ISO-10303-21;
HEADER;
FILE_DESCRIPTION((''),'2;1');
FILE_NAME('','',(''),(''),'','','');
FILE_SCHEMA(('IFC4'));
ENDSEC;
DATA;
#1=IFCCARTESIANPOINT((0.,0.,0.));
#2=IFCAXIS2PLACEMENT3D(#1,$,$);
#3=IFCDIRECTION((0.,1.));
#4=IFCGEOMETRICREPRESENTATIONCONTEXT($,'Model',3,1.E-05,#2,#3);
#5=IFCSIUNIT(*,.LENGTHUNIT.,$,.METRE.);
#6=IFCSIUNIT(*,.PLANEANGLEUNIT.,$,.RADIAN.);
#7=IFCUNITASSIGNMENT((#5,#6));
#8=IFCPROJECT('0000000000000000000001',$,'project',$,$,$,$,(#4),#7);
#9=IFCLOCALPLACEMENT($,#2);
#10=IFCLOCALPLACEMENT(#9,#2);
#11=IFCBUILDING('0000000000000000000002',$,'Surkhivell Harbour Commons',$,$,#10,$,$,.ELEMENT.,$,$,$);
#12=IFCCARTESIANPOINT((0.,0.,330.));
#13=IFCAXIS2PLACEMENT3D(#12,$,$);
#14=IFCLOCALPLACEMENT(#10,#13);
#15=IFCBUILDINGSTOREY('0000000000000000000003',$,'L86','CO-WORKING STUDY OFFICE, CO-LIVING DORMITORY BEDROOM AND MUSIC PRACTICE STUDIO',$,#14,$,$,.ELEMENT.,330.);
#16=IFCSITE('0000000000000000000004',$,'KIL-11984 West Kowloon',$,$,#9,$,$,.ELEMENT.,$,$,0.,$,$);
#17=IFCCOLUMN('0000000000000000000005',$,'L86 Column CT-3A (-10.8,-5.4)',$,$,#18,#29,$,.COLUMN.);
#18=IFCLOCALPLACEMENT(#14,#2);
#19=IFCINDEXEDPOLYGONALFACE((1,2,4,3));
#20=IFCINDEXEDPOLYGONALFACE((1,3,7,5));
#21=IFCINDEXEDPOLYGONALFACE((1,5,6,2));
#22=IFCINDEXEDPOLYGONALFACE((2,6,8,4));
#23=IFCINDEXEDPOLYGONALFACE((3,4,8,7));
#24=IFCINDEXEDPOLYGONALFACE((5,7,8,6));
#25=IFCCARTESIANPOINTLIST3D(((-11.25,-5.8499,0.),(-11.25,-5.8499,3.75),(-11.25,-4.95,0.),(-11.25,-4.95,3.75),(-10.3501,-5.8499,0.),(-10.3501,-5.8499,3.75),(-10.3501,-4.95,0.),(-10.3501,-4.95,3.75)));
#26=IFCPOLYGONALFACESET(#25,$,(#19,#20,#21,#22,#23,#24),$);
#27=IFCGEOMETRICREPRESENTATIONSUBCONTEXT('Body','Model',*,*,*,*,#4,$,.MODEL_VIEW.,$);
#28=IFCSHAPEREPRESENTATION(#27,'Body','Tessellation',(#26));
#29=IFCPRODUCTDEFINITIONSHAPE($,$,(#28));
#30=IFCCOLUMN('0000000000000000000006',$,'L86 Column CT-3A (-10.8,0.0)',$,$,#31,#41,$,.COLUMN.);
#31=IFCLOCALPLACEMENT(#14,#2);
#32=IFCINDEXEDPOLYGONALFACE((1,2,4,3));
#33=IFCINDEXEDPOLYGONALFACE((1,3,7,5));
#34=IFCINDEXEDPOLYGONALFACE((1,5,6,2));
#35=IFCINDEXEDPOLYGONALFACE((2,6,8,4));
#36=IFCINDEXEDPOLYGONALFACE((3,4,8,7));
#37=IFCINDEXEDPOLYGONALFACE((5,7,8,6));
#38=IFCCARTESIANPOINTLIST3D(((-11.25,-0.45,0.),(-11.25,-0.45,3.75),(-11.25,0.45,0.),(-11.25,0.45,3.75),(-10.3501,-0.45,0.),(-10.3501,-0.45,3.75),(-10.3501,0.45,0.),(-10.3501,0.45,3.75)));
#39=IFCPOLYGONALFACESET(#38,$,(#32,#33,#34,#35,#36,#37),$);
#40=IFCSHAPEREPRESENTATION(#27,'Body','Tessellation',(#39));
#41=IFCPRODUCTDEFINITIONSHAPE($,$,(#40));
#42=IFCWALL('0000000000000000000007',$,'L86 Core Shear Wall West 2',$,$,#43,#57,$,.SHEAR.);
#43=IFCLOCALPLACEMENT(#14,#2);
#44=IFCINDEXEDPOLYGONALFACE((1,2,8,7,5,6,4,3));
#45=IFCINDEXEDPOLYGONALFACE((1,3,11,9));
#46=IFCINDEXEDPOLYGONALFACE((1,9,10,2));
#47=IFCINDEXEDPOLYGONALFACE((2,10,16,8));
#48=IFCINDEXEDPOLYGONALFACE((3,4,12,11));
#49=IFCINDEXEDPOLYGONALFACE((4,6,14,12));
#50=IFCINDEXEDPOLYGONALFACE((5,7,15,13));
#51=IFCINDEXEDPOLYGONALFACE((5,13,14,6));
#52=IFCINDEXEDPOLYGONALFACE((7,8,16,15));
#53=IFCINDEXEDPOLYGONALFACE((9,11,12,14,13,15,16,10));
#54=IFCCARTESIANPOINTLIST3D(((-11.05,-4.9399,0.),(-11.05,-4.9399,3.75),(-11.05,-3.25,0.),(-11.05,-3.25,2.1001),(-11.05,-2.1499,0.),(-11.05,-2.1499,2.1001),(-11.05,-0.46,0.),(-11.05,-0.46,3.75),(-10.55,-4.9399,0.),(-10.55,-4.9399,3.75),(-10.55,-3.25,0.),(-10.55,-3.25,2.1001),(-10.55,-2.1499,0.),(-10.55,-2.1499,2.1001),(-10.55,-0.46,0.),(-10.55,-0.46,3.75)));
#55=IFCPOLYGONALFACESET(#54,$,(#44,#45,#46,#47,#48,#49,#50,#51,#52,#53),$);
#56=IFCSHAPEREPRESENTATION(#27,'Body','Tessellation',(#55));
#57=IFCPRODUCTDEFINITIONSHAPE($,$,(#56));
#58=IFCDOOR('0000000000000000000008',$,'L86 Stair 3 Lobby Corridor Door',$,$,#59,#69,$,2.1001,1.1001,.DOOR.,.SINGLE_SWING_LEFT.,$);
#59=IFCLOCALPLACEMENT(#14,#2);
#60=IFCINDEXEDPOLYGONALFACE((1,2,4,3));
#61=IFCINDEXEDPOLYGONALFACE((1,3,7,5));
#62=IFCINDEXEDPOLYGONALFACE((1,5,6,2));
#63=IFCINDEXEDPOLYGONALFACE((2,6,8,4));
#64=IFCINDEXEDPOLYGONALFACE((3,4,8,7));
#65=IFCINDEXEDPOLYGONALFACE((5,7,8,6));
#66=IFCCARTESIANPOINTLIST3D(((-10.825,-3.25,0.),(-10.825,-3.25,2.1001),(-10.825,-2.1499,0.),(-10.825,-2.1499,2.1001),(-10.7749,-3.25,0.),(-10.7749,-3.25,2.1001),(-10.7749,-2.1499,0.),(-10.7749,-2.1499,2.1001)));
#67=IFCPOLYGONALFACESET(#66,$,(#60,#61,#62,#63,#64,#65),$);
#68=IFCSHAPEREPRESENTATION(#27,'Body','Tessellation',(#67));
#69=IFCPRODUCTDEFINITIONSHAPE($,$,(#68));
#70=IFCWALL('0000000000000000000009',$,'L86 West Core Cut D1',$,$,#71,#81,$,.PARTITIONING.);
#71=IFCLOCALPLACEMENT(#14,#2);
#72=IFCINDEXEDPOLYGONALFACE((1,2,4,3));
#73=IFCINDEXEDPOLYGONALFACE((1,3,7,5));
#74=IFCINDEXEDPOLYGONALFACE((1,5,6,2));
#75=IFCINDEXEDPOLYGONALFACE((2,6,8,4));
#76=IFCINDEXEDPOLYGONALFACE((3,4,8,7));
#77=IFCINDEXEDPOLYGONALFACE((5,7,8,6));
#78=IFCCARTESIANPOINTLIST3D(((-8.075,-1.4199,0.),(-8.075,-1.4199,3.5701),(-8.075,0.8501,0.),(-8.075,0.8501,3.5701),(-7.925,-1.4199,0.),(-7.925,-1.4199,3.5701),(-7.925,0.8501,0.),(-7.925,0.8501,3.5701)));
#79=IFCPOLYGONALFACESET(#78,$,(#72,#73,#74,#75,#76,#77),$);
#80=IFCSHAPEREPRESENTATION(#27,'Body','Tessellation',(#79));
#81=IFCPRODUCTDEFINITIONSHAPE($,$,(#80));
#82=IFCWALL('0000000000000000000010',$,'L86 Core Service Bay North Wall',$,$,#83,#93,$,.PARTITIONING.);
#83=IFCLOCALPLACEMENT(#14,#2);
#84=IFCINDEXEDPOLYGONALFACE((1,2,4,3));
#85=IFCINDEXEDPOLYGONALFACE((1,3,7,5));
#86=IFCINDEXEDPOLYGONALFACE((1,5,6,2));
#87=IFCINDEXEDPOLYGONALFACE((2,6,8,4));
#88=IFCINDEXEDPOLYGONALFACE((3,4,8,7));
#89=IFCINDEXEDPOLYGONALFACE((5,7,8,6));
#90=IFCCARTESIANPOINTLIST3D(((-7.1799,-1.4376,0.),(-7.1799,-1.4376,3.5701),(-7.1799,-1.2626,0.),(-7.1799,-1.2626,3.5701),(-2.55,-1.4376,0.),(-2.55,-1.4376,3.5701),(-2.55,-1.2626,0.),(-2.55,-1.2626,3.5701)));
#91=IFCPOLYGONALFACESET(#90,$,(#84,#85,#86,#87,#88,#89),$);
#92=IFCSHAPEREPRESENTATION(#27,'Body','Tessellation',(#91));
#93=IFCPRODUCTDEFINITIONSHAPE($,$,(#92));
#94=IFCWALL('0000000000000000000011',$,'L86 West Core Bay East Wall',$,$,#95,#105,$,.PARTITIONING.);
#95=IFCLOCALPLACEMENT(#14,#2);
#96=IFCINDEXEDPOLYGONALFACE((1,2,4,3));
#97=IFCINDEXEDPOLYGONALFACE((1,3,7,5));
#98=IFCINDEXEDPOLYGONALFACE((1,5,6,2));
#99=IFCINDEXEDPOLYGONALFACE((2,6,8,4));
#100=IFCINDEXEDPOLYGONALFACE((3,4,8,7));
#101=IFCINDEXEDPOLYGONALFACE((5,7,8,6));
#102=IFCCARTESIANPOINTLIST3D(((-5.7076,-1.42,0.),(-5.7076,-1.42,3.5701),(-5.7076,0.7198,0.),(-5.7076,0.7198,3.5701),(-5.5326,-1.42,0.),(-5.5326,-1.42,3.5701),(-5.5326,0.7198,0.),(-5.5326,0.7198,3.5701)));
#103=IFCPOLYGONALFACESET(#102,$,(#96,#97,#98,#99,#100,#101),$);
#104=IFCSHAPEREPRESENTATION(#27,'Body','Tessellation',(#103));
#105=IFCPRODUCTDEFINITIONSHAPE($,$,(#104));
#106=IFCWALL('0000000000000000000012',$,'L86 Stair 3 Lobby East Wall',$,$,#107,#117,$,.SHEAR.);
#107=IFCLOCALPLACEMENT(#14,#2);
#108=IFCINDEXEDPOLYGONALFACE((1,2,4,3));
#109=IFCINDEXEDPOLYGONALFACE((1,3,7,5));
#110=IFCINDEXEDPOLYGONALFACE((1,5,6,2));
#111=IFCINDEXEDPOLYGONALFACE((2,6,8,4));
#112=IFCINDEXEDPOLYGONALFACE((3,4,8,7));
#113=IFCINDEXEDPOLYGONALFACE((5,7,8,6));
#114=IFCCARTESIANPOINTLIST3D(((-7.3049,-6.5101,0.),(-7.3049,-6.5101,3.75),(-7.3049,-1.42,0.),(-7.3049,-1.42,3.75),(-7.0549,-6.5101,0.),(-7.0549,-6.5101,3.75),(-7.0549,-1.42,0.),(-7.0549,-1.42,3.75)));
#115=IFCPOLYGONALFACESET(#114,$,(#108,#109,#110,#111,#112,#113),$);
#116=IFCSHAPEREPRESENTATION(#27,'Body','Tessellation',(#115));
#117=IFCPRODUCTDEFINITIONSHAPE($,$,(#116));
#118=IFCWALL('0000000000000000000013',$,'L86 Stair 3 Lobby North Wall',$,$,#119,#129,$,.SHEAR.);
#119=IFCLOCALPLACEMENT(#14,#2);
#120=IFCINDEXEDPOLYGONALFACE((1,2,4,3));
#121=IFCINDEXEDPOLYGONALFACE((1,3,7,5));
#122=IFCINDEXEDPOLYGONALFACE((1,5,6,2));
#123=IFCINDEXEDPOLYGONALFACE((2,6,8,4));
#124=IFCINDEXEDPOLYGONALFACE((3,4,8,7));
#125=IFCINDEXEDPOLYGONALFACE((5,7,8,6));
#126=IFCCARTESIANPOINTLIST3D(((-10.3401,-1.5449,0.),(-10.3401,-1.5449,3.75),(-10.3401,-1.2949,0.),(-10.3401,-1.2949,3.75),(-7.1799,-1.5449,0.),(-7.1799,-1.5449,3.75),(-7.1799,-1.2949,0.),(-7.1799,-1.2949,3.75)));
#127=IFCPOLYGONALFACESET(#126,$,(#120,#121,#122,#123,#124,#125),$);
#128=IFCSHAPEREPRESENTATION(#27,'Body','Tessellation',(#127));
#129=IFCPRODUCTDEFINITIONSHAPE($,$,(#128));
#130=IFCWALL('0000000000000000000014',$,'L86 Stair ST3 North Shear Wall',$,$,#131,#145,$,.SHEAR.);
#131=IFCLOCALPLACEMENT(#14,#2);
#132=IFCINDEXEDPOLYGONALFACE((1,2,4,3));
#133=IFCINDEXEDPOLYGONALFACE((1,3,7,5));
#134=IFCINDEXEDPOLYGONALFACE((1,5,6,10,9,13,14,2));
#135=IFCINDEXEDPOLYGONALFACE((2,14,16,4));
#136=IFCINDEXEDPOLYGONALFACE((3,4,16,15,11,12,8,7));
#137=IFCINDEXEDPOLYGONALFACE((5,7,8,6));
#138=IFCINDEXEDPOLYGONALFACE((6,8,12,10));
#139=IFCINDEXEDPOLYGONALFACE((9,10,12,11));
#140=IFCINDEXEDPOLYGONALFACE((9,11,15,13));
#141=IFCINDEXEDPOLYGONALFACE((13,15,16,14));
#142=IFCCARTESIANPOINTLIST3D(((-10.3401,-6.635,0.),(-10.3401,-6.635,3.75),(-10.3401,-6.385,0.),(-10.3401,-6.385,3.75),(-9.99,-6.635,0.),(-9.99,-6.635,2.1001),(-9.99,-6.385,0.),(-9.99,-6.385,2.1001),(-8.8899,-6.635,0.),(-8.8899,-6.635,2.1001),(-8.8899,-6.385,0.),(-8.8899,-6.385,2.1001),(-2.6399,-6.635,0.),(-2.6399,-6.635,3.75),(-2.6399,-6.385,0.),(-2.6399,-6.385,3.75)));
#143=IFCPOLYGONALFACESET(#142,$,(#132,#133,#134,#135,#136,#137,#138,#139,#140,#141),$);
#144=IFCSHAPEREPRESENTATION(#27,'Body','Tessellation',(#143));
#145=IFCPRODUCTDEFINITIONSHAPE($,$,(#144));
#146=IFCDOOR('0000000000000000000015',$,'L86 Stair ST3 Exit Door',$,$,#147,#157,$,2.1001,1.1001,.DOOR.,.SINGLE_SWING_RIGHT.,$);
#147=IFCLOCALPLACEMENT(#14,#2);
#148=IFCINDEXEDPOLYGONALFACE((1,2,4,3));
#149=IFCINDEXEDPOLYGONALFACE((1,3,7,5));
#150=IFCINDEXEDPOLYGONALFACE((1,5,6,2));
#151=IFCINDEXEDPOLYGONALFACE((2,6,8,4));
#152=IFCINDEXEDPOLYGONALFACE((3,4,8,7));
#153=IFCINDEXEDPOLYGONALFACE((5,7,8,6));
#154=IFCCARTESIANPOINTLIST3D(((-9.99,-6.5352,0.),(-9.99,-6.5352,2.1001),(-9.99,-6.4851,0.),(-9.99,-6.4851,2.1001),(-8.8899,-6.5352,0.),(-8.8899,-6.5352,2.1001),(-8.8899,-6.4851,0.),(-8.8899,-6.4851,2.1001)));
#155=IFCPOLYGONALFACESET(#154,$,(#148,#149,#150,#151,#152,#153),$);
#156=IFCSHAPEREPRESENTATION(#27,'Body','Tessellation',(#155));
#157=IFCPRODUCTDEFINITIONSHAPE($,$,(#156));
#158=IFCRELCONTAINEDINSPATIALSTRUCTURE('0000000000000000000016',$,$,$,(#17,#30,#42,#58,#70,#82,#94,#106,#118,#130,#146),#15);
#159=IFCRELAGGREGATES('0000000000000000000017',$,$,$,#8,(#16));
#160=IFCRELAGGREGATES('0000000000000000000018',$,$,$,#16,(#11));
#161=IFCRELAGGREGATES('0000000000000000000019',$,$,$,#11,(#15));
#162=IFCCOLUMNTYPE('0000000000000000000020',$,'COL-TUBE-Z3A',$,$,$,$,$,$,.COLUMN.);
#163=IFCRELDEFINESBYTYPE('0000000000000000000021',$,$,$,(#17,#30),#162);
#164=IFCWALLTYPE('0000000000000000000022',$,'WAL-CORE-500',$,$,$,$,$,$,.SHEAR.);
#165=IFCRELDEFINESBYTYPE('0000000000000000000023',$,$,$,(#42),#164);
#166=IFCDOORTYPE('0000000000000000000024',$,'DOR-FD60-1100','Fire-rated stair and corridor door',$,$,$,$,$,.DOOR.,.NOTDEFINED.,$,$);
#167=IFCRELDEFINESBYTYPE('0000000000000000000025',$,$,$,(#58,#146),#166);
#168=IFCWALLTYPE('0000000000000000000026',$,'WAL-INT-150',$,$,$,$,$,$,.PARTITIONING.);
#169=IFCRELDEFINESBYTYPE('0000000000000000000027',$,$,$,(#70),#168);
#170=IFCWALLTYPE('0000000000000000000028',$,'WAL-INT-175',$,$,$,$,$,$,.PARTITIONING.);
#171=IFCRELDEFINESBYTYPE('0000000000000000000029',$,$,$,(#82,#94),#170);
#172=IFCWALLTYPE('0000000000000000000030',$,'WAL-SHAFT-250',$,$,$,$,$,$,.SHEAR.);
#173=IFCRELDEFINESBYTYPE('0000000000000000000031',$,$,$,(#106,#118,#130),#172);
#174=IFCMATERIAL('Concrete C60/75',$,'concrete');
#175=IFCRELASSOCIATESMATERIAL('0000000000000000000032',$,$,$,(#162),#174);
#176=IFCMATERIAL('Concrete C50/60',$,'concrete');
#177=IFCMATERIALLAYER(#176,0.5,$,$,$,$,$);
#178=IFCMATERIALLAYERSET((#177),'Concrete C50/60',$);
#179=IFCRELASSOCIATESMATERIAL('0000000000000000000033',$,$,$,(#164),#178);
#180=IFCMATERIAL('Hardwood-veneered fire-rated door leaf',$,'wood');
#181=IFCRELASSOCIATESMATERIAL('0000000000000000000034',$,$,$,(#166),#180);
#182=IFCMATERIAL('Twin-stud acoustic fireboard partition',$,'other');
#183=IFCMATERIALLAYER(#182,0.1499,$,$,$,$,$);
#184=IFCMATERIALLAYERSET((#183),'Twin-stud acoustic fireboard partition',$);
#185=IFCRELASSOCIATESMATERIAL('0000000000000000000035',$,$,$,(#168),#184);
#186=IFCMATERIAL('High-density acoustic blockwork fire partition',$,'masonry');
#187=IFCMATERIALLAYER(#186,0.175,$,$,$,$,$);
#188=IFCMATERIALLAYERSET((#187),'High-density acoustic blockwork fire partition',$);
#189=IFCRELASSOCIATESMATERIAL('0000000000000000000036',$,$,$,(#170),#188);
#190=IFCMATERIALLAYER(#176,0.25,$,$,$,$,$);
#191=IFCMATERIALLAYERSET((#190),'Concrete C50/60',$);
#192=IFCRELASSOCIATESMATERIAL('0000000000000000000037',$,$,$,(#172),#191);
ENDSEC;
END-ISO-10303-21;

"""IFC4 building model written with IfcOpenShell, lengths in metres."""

from ifc_helpers import new_model, si_unit, direction, frame, frame_2d, origin, origin_2d, place, context, subcontext, project, spatial, rectangle, extrude, material, layer, layer_set, material_profile, profile_set, type_object, element, fill, save


model = new_model("IFC4")

# Units and contexts
model_context = context("Model", 3, precision=1e-05, world=origin(), true_north=direction((0.0, 1.0)))
body_context = subcontext(model_context, "Body", "Model", "MODEL_VIEW")
ifc_project = project(units=[si_unit("LENGTHUNIT", "METRE"), si_unit("PLANEANGLEUNIT", "RADIAN")], contexts=[model_context])

# Site, building, storey
site_placement = place(None, origin())
site = spatial("IfcSite", under=ifc_project, at=site_placement, Name="KIL-11984 West Kowloon", CompositionType="ELEMENT", RefElevation=0.0)
building_placement = place(site_placement, origin())
building = spatial("IfcBuilding", under=site, at=building_placement, Name="Surkhivell Harbour Commons", CompositionType="ELEMENT")
storey_placement = place(building_placement, frame((0.0, 0.0, 330.0)))
storey = spatial("IfcBuildingStorey", under=building, at=storey_placement, Name="L86", Description="CO-WORKING STUDY OFFICE, CO-LIVING DORMITORY BEDROOM AND MUSIC PRACTICE STUDIO", CompositionType="ELEMENT", Elevation=330.0)

# Columns
ifc_material_1 = material(Name="Concrete C60/75", Category="concrete")
ifc_material_profile = material_profile(ifc_material_1, rectangle(XDim=0.8999, YDim=0.8999, at=origin_2d()), Name="RC-COL-900x900")
ifc_profile_set = profile_set([ifc_material_profile], Name="Concrete C60/75")
column_type = type_object("IfcColumnType", Name="COL-TUBE-Z3A", PredefinedType="COLUMN", material=ifc_profile_set)
for number, where, z_axis, x_axis, name in (
    (1, (-10.8, -5.3999, 0.0), (0.0, 0.0, 1.0), (1.0, 0.0, 0.0), "L86 Column CT-3A (-10.8,-5.4)"),
    (2, (-10.8, 0.0, 0.0), (0.0, 0.0, 1.0), (1.0, 0.0, 0.0), "L86 Column CT-3A (-10.8,0.0)"),
):
    element("IfcColumn", number, at=place(storey_placement, frame(where, z_axis=z_axis, x_axis=x_axis)), inside=storey, type_object=column_type, Name=name, PredefinedType="COLUMN", context=body_context, shape_type="SweptSolid", body=[
        extrude(rectangle(XDim=0.8999, YDim=0.8999, at=origin_2d()), origin(), (0.0, 0.0, 1.0), 3.75),
    ])

# Wall, opening, door
ifc_material_2 = material(Name="Concrete C50/60", Category="concrete")
ifc_layer_1 = layer(ifc_material_2, 0.5)
ifc_layer_set_1 = layer_set([ifc_layer_1], Name="Concrete C50/60")
wall_type_1 = type_object("IfcWallType", Name="WAL-CORE-500", PredefinedType="SHEAR", material=ifc_layer_set_1)
wall_1_placement = place(storey_placement, frame((-10.8, -4.9399, 0.0), z_axis=(0.0, 0.0, 1.0), x_axis=(0.0, 1.0, 0.0)))
wall_1 = element("IfcWall", 3, at=wall_1_placement, inside=storey, type_object=wall_type_1, Name="L86 Core Shear Wall West 2", PredefinedType="SHEAR", context=body_context, shape_type="SweptSolid", body=[
    extrude(rectangle(XDim=4.48, YDim=0.5, at=frame_2d((2.24, 0.0))), origin(), (0.0, 0.0, 1.0), 3.75),
])
opening_1_placement = place(wall_1_placement, frame((1.6899, 0.0, 0.0)))
opening_1 = element("IfcOpeningElement", 4, at=opening_1_placement, cuts=wall_1, PredefinedType="OPENING", context=body_context, shape_type="SweptSolid", body=[
    extrude(rectangle(XDim=1.1001, YDim=2.1001, at=frame_2d((0.55, 1.05))), frame((0.0, 0.26, 0.0), z_axis=(0.0, -1.0, 0.0), x_axis=(1.0, 0.0, 0.0)), (0.0, 0.0, 1.0), 0.52),
])
ifc_material_3 = material(Name="Hardwood-veneered fire-rated door leaf", Category="wood")
door_type = type_object("IfcDoorType", Name="DOR-FD60-1100", Description="Fire-rated stair and corridor door", OperationType="NOTDEFINED", PredefinedType="DOOR", material=ifc_material_3)
door_1_placement = place(opening_1_placement, origin())
door_1 = element("IfcDoor", 5, at=door_1_placement, inside=storey, type_object=door_type, Name="L86 Stair 3 Lobby Corridor Door", OperationType="SINGLE_SWING_LEFT", OverallHeight=2.1001, OverallWidth=1.1001, PredefinedType="DOOR", context=body_context, shape_type="SweptSolid", body=[
    extrude(rectangle(XDim=1.1001, YDim=2.1001, at=frame_2d((0.55, 1.05))), frame((0.0, 0.0249, 0.0), z_axis=(0.0, -1.0, 0.0), x_axis=(1.0, 0.0, 0.0)), (0.0, 0.0, 1.0), 0.05),
])
fill(opening_1, door_1)

# Walls
ifc_material_4 = material(Name="Twin-stud acoustic fireboard partition", Category="other")
ifc_layer_2 = layer(ifc_material_4, 0.1499)
ifc_layer_set_2 = layer_set([ifc_layer_2], Name="Twin-stud acoustic fireboard partition")
wall_type_2 = type_object("IfcWallType", Name="WAL-INT-150", PredefinedType="PARTITIONING", material=ifc_layer_set_2)
wall_2_placement = place(storey_placement, frame((-8.0, -1.4199, 0.0), z_axis=(0.0, 0.0, 1.0), x_axis=(0.0, 1.0, 0.0)))
element("IfcWall", 6, at=wall_2_placement, inside=storey, type_object=wall_type_2, Name="L86 West Core Cut D1", PredefinedType="PARTITIONING", context=body_context, shape_type="SweptSolid", body=[
    extrude(rectangle(XDim=2.27, YDim=0.1499, at=frame_2d((1.135, 0.0))), origin(), (0.0, 0.0, 1.0), 3.5701),
])
ifc_material_5 = material(Name="High-density acoustic blockwork fire partition", Category="masonry")
ifc_layer_3 = layer(ifc_material_5, 0.175)
ifc_layer_set_3 = layer_set([ifc_layer_3], Name="High-density acoustic blockwork fire partition")
wall_type_3 = type_object("IfcWallType", Name="WAL-INT-175", PredefinedType="PARTITIONING", material=ifc_layer_set_3)
wall_3_placement = place(storey_placement, frame((-7.1799, -1.3501, 0.0), z_axis=(0.0, 0.0, 1.0), x_axis=(1.0, 0.0, 0.0)))
element("IfcWall", 7, at=wall_3_placement, inside=storey, type_object=wall_type_3, Name="L86 Core Service Bay North Wall", PredefinedType="PARTITIONING", context=body_context, shape_type="SweptSolid", body=[
    extrude(rectangle(XDim=4.6299, YDim=0.175, at=frame_2d((2.3149, 0.0))), origin(), (0.0, 0.0, 1.0), 3.5701),
])
wall_4_placement = place(storey_placement, frame((-5.6201, -1.4199, 0.0), z_axis=(0.0, 0.0, 1.0), x_axis=(0.0, 1.0, 0.0)))
element("IfcWall", 8, at=wall_4_placement, inside=storey, type_object=wall_type_3, Name="L86 West Core Bay East Wall", PredefinedType="PARTITIONING", context=body_context, shape_type="SweptSolid", body=[
    extrude(rectangle(XDim=2.1399, YDim=0.175, at=frame_2d((1.0698, 0.0))), origin(), (0.0, 0.0, 1.0), 3.5701),
])
ifc_layer_4 = layer(ifc_material_2, 0.25)
ifc_layer_set_4 = layer_set([ifc_layer_4], Name="Concrete C50/60")
wall_type_4 = type_object("IfcWallType", Name="WAL-SHAFT-250", PredefinedType="SHEAR", material=ifc_layer_set_4)
wall_5_placement = place(storey_placement, frame((-7.1799, -6.51, 0.0), z_axis=(0.0, 0.0, 1.0), x_axis=(0.0, 1.0, 0.0)))
element("IfcWall", 9, at=wall_5_placement, inside=storey, type_object=wall_type_4, Name="L86 Stair 3 Lobby East Wall", PredefinedType="SHEAR", context=body_context, shape_type="SweptSolid", body=[
    extrude(rectangle(XDim=5.0901, YDim=0.25, at=frame_2d((2.5449, 0.0))), origin(), (0.0, 0.0, 1.0), 3.75),
])
wall_6_placement = place(storey_placement, frame((-10.3401, -1.4199, 0.0), z_axis=(0.0, 0.0, 1.0), x_axis=(1.0, 0.0, 0.0)))
element("IfcWall", 10, at=wall_6_placement, inside=storey, type_object=wall_type_4, Name="L86 Stair 3 Lobby North Wall", PredefinedType="SHEAR", context=body_context, shape_type="SweptSolid", body=[
    extrude(rectangle(XDim=3.1602, YDim=0.25, at=frame_2d((1.5801, 0.0))), origin(), (0.0, 0.0, 1.0), 3.75),
])

# Wall, opening, door
wall_7_placement = place(storey_placement, frame((-10.3401, -6.51, 0.0), z_axis=(0.0, 0.0, 1.0), x_axis=(1.0, 0.0, 0.0)))
wall_7 = element("IfcWall", 11, at=wall_7_placement, inside=storey, type_object=wall_type_4, Name="L86 Stair ST3 North Shear Wall", PredefinedType="SHEAR", context=body_context, shape_type="SweptSolid", body=[
    extrude(rectangle(XDim=7.7002, YDim=0.25, at=frame_2d((3.8501, 0.0))), origin(), (0.0, 0.0, 1.0), 3.75),
])
opening_2_placement = place(wall_7_placement, frame((0.3501, 0.0, 0.0)))
opening_2 = element("IfcOpeningElement", 12, at=opening_2_placement, cuts=wall_7, PredefinedType="OPENING", context=body_context, shape_type="SweptSolid", body=[
    extrude(rectangle(XDim=1.1001, YDim=2.1001, at=frame_2d((0.55, 1.05))), frame((0.0, 0.135, 0.0), z_axis=(0.0, -1.0, 0.0), x_axis=(1.0, 0.0, 0.0)), (0.0, 0.0, 1.0), 0.27),
])
door_2_placement = place(opening_2_placement, origin())
door_2 = element("IfcDoor", 13, at=door_2_placement, inside=storey, type_object=door_type, Name="L86 Stair ST3 Exit Door", OperationType="SINGLE_SWING_RIGHT", OverallHeight=2.1001, OverallWidth=1.1001, PredefinedType="DOOR", context=body_context, shape_type="SweptSolid", body=[
    extrude(rectangle(XDim=1.1001, YDim=2.1001, at=frame_2d((0.55, 1.05))), frame((0.0, 0.0249, 0.0), z_axis=(0.0, -1.0, 0.0), x_axis=(1.0, 0.0, 0.0)), (0.0, 0.0, 1.0), 0.05),
])
fill(opening_2, door_2)

save(model, "model.ifc")
